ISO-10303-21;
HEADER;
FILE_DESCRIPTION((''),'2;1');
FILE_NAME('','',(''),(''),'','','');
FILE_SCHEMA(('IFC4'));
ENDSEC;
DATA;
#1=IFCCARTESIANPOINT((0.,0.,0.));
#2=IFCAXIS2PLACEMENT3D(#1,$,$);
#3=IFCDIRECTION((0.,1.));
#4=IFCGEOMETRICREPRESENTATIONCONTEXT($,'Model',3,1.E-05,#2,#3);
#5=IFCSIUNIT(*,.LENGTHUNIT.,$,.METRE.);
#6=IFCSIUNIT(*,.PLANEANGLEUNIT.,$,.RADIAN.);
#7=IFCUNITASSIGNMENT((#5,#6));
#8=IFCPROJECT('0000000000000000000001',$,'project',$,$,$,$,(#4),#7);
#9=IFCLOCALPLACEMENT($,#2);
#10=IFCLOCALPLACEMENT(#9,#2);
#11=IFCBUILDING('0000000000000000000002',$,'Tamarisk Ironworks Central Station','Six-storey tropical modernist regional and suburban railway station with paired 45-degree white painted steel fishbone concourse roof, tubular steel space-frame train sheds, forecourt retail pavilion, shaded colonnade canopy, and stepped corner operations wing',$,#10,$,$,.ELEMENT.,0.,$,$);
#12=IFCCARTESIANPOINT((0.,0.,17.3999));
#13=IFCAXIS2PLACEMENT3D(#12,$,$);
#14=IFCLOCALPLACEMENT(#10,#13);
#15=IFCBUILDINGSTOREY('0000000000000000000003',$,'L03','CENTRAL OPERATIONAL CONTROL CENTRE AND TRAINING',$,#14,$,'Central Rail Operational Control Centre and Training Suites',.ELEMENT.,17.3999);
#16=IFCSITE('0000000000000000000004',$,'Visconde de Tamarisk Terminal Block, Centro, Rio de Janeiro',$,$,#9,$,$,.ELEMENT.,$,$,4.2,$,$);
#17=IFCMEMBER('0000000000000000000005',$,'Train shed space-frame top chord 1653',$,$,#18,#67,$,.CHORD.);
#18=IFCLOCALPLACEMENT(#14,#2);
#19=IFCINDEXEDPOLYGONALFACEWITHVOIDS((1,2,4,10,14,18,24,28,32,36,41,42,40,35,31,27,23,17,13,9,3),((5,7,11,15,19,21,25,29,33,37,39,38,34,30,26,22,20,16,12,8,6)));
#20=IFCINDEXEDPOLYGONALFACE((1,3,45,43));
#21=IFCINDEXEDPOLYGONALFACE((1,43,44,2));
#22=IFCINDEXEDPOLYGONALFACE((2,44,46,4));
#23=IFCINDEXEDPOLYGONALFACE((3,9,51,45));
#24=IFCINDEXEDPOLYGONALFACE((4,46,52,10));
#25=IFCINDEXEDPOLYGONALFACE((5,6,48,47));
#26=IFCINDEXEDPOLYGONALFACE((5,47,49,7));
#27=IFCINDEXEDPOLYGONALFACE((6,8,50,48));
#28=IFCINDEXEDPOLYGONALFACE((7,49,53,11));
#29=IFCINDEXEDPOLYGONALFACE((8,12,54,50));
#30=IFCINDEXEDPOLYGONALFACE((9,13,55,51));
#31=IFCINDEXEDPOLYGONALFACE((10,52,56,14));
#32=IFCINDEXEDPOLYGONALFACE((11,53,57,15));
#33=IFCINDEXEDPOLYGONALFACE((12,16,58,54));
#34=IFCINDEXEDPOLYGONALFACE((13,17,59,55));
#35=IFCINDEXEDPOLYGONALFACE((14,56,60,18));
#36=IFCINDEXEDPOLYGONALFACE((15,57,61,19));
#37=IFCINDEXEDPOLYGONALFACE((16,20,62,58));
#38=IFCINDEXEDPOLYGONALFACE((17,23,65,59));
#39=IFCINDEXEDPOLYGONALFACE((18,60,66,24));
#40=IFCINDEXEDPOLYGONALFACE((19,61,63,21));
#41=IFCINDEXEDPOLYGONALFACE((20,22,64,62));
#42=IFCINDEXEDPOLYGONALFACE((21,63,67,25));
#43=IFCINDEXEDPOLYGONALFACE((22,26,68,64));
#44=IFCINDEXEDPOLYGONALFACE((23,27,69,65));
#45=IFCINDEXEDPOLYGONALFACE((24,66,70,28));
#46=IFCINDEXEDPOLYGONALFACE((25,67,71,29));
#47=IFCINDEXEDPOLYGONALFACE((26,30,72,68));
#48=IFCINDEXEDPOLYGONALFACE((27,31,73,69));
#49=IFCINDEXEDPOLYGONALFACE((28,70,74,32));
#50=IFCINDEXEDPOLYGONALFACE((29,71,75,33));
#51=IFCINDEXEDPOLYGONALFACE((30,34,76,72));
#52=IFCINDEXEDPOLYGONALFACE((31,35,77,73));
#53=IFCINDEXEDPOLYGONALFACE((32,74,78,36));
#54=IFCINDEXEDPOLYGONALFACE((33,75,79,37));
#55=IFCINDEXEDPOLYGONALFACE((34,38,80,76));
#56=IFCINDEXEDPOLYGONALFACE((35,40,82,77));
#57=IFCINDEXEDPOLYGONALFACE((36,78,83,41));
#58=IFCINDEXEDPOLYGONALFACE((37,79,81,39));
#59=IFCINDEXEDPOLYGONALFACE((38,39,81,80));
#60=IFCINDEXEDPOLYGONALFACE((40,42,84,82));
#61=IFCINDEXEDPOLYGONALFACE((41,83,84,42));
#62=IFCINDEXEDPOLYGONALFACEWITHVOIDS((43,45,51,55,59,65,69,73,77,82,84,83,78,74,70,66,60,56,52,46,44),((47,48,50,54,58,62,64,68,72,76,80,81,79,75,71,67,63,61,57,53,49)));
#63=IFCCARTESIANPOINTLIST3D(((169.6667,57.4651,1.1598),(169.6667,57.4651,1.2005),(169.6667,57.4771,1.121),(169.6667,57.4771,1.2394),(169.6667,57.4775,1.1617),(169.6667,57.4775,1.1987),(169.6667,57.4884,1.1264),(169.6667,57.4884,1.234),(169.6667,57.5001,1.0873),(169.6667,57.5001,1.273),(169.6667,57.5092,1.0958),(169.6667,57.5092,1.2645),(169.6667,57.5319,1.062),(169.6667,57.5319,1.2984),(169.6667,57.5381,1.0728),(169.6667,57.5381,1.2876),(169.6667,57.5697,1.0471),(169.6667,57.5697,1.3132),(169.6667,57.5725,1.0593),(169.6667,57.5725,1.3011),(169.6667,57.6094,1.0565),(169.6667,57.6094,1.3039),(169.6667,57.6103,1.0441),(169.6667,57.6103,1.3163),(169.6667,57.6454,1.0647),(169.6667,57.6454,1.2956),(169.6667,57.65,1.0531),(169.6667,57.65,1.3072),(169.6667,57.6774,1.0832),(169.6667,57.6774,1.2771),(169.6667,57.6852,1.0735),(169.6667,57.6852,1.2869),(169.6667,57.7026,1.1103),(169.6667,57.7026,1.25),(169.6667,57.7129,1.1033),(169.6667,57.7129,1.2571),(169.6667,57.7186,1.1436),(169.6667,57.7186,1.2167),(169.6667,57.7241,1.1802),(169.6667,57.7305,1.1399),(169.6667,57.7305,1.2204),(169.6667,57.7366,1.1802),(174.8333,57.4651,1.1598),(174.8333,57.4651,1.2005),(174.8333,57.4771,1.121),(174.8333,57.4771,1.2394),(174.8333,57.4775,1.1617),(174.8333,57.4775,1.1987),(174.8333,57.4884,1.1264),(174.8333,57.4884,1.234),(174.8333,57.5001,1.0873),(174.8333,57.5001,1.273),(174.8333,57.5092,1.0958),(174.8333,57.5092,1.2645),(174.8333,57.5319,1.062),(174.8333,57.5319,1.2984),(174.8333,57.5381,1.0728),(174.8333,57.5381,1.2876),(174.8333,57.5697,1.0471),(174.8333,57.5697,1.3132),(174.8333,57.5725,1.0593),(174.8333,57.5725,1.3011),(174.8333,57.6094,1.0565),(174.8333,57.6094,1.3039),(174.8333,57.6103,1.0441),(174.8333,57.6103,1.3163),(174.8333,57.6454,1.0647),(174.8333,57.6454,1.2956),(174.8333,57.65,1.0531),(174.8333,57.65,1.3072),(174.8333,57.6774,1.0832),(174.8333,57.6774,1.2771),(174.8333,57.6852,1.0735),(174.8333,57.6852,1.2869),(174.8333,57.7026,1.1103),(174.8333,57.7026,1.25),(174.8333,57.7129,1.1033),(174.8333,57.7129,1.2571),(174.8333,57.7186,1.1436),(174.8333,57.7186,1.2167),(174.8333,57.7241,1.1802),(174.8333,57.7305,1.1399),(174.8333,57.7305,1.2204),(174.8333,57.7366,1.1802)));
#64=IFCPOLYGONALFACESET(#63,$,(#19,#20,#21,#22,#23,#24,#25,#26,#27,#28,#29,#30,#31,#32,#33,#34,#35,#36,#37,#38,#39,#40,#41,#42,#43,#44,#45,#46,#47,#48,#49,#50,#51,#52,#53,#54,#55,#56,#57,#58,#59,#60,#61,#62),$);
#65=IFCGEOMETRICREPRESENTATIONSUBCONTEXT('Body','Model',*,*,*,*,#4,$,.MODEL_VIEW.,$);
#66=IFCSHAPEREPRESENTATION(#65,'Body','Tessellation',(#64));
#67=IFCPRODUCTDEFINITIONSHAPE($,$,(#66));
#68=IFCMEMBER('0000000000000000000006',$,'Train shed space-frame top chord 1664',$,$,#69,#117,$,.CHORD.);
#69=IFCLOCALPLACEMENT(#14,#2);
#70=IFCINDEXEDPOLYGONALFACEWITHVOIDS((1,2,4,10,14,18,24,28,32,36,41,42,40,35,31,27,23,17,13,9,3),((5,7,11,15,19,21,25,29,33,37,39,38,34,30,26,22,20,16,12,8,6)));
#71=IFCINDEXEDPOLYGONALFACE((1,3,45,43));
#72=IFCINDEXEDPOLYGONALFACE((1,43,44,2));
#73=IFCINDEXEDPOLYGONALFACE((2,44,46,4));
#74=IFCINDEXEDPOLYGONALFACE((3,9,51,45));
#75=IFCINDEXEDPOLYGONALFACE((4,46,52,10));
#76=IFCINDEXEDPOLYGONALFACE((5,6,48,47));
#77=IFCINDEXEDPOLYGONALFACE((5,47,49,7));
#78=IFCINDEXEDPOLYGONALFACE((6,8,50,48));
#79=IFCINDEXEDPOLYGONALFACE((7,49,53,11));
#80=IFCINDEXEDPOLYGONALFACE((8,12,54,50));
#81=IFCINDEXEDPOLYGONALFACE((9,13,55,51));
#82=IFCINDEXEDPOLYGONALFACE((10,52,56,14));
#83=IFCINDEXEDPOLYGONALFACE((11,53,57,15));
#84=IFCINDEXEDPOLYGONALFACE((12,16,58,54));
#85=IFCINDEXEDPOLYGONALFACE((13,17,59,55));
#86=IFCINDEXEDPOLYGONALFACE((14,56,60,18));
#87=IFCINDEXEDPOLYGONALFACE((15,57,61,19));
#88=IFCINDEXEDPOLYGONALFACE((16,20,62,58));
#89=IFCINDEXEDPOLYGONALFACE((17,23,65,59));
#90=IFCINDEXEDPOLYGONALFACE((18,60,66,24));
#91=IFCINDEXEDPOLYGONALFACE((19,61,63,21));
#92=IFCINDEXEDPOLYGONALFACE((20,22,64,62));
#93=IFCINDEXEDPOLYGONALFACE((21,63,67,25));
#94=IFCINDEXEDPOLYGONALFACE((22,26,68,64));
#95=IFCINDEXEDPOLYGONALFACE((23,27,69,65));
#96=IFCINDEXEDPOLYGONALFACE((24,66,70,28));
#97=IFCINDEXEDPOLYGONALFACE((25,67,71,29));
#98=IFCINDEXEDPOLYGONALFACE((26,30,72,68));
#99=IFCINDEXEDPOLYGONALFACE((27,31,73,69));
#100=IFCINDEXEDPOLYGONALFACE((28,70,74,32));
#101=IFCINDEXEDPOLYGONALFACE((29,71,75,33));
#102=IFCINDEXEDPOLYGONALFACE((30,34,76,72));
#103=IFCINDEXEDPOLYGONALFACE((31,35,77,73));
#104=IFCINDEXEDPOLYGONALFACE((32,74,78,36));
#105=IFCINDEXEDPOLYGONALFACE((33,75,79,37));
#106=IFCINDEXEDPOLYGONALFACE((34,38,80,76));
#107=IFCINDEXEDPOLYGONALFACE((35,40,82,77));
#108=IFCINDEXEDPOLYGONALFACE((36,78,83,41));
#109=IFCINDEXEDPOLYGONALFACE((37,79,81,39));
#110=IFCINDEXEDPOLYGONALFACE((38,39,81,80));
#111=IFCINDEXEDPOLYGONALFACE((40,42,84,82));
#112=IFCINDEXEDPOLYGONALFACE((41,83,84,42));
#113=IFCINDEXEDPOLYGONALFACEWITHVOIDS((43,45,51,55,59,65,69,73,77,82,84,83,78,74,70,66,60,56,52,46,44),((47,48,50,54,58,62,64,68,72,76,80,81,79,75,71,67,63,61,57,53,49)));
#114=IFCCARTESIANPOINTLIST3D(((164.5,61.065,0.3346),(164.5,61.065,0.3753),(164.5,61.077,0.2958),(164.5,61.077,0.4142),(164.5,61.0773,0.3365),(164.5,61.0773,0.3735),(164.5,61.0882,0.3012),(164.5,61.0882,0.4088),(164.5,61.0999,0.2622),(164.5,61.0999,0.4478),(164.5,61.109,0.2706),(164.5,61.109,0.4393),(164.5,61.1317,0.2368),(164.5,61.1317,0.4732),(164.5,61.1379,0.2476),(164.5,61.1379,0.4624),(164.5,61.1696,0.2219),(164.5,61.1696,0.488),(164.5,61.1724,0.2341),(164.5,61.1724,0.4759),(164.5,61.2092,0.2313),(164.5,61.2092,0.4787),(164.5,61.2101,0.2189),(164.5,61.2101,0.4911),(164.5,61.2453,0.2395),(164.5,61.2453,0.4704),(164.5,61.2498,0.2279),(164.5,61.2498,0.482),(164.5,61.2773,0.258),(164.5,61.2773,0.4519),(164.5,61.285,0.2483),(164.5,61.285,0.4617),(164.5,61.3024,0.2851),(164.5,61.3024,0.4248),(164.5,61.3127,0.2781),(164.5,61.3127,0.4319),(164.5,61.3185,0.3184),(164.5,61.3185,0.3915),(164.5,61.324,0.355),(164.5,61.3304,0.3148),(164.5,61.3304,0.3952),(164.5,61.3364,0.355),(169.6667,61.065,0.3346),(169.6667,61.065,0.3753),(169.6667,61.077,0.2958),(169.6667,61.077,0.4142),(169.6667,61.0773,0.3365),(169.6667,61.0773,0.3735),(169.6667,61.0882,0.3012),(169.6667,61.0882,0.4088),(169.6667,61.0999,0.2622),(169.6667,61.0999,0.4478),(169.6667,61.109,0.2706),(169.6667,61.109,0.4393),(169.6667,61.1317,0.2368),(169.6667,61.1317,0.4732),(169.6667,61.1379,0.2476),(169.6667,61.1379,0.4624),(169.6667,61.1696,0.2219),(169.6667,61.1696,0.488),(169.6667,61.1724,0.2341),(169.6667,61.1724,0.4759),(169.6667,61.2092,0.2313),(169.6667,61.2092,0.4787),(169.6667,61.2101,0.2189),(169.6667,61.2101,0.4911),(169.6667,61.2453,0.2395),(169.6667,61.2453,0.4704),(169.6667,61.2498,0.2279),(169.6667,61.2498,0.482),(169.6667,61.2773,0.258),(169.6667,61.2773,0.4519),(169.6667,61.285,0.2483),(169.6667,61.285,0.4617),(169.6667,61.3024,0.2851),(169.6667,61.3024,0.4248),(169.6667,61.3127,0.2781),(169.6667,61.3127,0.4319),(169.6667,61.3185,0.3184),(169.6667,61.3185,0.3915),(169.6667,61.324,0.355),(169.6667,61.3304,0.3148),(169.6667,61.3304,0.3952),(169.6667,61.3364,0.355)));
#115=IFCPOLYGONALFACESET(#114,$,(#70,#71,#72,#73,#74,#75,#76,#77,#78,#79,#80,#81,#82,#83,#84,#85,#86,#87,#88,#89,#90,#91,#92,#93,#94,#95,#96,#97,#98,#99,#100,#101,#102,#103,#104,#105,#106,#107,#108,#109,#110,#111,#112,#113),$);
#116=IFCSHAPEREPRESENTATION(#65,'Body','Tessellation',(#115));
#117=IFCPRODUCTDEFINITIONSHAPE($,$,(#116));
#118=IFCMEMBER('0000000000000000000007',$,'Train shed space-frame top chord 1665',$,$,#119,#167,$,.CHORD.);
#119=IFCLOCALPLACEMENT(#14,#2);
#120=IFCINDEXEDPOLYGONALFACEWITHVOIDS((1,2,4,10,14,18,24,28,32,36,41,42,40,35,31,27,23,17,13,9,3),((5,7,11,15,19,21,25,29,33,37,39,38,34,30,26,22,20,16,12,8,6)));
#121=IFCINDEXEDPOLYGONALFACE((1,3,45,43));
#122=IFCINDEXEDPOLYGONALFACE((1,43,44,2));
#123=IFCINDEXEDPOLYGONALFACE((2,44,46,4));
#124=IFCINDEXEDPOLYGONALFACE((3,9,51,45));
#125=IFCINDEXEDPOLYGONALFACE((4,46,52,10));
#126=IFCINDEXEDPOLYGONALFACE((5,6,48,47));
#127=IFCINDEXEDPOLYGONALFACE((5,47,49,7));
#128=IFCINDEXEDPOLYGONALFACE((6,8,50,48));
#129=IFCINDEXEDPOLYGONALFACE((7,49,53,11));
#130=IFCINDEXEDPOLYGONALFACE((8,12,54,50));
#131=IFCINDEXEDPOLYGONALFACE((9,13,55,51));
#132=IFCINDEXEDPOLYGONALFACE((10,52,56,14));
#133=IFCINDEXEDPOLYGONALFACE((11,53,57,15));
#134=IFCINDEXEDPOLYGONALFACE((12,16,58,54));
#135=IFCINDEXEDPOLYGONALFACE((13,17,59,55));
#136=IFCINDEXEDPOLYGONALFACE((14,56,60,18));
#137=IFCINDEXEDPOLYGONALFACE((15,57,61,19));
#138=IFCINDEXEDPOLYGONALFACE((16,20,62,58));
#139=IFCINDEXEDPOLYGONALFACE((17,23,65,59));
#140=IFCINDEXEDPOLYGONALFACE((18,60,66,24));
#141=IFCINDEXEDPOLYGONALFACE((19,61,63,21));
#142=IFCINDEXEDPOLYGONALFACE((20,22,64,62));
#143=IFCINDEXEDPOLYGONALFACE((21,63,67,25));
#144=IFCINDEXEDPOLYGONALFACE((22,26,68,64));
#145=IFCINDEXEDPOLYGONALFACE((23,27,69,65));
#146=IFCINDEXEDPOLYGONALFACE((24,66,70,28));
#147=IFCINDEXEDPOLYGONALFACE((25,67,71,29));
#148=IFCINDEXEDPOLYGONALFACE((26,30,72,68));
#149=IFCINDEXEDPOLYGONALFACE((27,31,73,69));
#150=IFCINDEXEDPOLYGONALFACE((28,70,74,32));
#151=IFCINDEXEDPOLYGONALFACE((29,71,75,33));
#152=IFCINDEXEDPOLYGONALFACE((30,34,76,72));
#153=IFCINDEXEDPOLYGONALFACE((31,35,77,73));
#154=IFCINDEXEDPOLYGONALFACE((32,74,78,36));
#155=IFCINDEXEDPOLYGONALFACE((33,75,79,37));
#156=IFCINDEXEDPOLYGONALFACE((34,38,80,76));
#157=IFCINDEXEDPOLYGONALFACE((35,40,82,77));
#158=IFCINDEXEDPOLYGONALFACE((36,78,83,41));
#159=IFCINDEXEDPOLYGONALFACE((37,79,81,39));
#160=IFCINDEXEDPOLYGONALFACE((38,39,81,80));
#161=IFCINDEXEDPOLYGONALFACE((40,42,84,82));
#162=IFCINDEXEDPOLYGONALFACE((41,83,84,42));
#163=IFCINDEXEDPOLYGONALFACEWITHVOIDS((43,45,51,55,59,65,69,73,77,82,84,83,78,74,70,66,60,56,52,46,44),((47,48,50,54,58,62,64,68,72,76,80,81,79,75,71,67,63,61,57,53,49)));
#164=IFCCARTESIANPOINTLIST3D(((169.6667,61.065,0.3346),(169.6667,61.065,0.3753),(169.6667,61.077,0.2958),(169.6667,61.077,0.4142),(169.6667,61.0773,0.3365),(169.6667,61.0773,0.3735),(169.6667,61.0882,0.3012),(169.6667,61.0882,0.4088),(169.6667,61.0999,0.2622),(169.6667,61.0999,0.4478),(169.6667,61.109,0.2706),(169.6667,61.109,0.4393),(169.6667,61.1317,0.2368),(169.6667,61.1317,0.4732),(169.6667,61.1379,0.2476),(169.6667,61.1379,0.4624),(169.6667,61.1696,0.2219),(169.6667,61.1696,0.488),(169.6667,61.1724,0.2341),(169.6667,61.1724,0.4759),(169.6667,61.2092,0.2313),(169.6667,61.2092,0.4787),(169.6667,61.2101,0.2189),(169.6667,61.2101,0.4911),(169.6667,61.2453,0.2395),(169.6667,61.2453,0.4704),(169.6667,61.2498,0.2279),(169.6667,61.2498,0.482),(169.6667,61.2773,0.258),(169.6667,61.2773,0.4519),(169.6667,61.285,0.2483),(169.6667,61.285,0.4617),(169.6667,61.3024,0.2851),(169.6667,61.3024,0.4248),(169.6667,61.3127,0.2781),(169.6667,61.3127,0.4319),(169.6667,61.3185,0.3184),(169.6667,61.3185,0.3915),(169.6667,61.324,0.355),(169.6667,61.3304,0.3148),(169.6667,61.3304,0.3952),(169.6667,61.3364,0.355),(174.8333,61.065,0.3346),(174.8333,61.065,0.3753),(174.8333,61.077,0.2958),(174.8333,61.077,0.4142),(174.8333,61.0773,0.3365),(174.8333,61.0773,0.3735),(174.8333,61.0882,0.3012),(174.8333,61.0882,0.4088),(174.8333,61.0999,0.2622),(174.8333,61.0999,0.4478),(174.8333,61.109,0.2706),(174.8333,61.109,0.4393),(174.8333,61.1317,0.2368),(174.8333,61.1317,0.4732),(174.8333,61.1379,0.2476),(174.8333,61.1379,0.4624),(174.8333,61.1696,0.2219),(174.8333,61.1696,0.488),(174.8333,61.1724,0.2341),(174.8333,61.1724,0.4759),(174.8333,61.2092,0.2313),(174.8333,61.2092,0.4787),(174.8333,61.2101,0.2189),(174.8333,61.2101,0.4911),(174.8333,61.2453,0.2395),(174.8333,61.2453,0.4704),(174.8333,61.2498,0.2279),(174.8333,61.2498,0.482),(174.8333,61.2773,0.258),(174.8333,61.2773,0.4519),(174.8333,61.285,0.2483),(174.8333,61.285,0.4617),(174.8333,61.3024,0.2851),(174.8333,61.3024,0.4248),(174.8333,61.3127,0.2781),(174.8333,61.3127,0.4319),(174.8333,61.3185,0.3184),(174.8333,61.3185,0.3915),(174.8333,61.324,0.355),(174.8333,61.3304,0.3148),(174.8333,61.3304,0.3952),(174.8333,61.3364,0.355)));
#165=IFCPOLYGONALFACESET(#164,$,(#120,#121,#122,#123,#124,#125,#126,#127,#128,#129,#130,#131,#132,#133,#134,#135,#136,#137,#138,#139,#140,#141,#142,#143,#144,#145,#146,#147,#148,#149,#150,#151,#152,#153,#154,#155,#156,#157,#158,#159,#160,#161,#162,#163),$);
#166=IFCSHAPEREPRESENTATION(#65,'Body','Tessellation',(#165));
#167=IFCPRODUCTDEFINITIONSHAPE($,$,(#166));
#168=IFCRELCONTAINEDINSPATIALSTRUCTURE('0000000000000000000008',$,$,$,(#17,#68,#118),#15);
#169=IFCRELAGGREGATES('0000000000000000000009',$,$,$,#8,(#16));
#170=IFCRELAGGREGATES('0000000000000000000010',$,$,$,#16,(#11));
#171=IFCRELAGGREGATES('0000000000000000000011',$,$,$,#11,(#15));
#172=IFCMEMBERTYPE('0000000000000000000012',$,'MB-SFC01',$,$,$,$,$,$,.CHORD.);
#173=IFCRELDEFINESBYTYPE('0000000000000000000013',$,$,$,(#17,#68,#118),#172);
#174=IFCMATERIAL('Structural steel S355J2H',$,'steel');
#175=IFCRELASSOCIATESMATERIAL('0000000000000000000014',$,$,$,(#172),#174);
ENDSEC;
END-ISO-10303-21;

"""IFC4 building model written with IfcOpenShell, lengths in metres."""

from ifc_helpers import new_model, si_unit, direction, frame, origin, origin_2d, place, context, subcontext, project, spatial, hollow_circle, extrude, material, material_profile, profile_set, type_object, element, save


model = new_model("IFC4")

# Units and contexts
model_context = context("Model", 3, precision=1e-05, world=origin(), true_north=direction((0.0, 1.0)))
body_context = subcontext(model_context, "Body", "Model", "MODEL_VIEW")
ifc_project = project(units=[si_unit("LENGTHUNIT", "METRE"), si_unit("PLANEANGLEUNIT", "RADIAN")], contexts=[model_context])

# Site, building, storey
site_placement = place(None, origin())
site = spatial("IfcSite", under=ifc_project, at=site_placement, Name="Visconde de Tamarisk Terminal Block, Centro, Rio de Janeiro", CompositionType="ELEMENT", RefElevation=4.2)
building_placement = place(site_placement, origin())
building = spatial("IfcBuilding", under=site, at=building_placement, Name="Tamarisk Ironworks Central Station", Description="Six-storey tropical modernist regional and suburban railway station with paired 45-degree white painted steel fishbone concourse roof, tubular steel space-frame train sheds, forecourt retail pavilion, shaded colonnade canopy, and stepped corner operations wing", CompositionType="ELEMENT", ElevationOfRefHeight=0.0)
storey_placement = place(building_placement, frame((0.0, 0.0, 17.3999)))
storey = spatial("IfcBuildingStorey", under=building, at=storey_placement, Name="L03", Description="CENTRAL OPERATIONAL CONTROL CENTRE AND TRAINING", LongName="Central Rail Operational Control Centre and Training Suites", CompositionType="ELEMENT", Elevation=17.3999)

# Members
ifc_material = material(Name="Structural steel S355J2H", Category="steel")
ifc_material_profile_1 = material_profile(ifc_material, hollow_circle(Radius=0.1365, WallThickness=0.0125, at=origin_2d()), Name="CHS 273x12.5")
ifc_profile_set_1 = profile_set([ifc_material_profile_1], Name="Structural steel S355J2H")
member_type_1 = type_object("IfcMemberType", Name="MB-SFC01", PredefinedType="CHORD", material=ifc_profile_set_1)
member_1_placement = place(storey_placement, frame((169.6667, 57.6001, 1.1802), z_axis=(1.0, 0.0, 0.0), x_axis=(0.0, 1.0, 0.0)))
element("IfcMember", 1, at=member_1_placement, inside=storey, type_object=member_type_1, Name="Train shed space-frame top chord 1653", PredefinedType="CHORD", context=body_context, shape_type="SweptSolid", body=[
    extrude(hollow_circle(Radius=0.1365, WallThickness=0.0125, at=origin_2d()), origin(), (0.0, 0.0, 1.0), 5.1665),
])
member_2_placement = place(storey_placement, frame((164.5, 61.2, 0.355), z_axis=(1.0, 0.0, 0.0), x_axis=(0.0, 1.0, 0.0)))
element("IfcMember", 2, at=member_2_placement, inside=storey, type_object=member_type_1, Name="Train shed space-frame top chord 1664", PredefinedType="CHORD", context=body_context, shape_type="SweptSolid", body=[
    extrude(hollow_circle(Radius=0.1365, WallThickness=0.0125, at=origin_2d()), origin(), (0.0, 0.0, 1.0), 5.1667),
])
member_3_placement = place(storey_placement, frame((169.6667, 61.2, 0.355), z_axis=(1.0, 0.0, 0.0), x_axis=(0.0, 1.0, 0.0)))
element("IfcMember", 3, at=member_3_placement, inside=storey, type_object=member_type_1, Name="Train shed space-frame top chord 1665", PredefinedType="CHORD", context=body_context, shape_type="SweptSolid", body=[
    extrude(hollow_circle(Radius=0.1365, WallThickness=0.0125, at=origin_2d()), origin(), (0.0, 0.0, 1.0), 5.1665),
])

save(model, "model.ifc")
